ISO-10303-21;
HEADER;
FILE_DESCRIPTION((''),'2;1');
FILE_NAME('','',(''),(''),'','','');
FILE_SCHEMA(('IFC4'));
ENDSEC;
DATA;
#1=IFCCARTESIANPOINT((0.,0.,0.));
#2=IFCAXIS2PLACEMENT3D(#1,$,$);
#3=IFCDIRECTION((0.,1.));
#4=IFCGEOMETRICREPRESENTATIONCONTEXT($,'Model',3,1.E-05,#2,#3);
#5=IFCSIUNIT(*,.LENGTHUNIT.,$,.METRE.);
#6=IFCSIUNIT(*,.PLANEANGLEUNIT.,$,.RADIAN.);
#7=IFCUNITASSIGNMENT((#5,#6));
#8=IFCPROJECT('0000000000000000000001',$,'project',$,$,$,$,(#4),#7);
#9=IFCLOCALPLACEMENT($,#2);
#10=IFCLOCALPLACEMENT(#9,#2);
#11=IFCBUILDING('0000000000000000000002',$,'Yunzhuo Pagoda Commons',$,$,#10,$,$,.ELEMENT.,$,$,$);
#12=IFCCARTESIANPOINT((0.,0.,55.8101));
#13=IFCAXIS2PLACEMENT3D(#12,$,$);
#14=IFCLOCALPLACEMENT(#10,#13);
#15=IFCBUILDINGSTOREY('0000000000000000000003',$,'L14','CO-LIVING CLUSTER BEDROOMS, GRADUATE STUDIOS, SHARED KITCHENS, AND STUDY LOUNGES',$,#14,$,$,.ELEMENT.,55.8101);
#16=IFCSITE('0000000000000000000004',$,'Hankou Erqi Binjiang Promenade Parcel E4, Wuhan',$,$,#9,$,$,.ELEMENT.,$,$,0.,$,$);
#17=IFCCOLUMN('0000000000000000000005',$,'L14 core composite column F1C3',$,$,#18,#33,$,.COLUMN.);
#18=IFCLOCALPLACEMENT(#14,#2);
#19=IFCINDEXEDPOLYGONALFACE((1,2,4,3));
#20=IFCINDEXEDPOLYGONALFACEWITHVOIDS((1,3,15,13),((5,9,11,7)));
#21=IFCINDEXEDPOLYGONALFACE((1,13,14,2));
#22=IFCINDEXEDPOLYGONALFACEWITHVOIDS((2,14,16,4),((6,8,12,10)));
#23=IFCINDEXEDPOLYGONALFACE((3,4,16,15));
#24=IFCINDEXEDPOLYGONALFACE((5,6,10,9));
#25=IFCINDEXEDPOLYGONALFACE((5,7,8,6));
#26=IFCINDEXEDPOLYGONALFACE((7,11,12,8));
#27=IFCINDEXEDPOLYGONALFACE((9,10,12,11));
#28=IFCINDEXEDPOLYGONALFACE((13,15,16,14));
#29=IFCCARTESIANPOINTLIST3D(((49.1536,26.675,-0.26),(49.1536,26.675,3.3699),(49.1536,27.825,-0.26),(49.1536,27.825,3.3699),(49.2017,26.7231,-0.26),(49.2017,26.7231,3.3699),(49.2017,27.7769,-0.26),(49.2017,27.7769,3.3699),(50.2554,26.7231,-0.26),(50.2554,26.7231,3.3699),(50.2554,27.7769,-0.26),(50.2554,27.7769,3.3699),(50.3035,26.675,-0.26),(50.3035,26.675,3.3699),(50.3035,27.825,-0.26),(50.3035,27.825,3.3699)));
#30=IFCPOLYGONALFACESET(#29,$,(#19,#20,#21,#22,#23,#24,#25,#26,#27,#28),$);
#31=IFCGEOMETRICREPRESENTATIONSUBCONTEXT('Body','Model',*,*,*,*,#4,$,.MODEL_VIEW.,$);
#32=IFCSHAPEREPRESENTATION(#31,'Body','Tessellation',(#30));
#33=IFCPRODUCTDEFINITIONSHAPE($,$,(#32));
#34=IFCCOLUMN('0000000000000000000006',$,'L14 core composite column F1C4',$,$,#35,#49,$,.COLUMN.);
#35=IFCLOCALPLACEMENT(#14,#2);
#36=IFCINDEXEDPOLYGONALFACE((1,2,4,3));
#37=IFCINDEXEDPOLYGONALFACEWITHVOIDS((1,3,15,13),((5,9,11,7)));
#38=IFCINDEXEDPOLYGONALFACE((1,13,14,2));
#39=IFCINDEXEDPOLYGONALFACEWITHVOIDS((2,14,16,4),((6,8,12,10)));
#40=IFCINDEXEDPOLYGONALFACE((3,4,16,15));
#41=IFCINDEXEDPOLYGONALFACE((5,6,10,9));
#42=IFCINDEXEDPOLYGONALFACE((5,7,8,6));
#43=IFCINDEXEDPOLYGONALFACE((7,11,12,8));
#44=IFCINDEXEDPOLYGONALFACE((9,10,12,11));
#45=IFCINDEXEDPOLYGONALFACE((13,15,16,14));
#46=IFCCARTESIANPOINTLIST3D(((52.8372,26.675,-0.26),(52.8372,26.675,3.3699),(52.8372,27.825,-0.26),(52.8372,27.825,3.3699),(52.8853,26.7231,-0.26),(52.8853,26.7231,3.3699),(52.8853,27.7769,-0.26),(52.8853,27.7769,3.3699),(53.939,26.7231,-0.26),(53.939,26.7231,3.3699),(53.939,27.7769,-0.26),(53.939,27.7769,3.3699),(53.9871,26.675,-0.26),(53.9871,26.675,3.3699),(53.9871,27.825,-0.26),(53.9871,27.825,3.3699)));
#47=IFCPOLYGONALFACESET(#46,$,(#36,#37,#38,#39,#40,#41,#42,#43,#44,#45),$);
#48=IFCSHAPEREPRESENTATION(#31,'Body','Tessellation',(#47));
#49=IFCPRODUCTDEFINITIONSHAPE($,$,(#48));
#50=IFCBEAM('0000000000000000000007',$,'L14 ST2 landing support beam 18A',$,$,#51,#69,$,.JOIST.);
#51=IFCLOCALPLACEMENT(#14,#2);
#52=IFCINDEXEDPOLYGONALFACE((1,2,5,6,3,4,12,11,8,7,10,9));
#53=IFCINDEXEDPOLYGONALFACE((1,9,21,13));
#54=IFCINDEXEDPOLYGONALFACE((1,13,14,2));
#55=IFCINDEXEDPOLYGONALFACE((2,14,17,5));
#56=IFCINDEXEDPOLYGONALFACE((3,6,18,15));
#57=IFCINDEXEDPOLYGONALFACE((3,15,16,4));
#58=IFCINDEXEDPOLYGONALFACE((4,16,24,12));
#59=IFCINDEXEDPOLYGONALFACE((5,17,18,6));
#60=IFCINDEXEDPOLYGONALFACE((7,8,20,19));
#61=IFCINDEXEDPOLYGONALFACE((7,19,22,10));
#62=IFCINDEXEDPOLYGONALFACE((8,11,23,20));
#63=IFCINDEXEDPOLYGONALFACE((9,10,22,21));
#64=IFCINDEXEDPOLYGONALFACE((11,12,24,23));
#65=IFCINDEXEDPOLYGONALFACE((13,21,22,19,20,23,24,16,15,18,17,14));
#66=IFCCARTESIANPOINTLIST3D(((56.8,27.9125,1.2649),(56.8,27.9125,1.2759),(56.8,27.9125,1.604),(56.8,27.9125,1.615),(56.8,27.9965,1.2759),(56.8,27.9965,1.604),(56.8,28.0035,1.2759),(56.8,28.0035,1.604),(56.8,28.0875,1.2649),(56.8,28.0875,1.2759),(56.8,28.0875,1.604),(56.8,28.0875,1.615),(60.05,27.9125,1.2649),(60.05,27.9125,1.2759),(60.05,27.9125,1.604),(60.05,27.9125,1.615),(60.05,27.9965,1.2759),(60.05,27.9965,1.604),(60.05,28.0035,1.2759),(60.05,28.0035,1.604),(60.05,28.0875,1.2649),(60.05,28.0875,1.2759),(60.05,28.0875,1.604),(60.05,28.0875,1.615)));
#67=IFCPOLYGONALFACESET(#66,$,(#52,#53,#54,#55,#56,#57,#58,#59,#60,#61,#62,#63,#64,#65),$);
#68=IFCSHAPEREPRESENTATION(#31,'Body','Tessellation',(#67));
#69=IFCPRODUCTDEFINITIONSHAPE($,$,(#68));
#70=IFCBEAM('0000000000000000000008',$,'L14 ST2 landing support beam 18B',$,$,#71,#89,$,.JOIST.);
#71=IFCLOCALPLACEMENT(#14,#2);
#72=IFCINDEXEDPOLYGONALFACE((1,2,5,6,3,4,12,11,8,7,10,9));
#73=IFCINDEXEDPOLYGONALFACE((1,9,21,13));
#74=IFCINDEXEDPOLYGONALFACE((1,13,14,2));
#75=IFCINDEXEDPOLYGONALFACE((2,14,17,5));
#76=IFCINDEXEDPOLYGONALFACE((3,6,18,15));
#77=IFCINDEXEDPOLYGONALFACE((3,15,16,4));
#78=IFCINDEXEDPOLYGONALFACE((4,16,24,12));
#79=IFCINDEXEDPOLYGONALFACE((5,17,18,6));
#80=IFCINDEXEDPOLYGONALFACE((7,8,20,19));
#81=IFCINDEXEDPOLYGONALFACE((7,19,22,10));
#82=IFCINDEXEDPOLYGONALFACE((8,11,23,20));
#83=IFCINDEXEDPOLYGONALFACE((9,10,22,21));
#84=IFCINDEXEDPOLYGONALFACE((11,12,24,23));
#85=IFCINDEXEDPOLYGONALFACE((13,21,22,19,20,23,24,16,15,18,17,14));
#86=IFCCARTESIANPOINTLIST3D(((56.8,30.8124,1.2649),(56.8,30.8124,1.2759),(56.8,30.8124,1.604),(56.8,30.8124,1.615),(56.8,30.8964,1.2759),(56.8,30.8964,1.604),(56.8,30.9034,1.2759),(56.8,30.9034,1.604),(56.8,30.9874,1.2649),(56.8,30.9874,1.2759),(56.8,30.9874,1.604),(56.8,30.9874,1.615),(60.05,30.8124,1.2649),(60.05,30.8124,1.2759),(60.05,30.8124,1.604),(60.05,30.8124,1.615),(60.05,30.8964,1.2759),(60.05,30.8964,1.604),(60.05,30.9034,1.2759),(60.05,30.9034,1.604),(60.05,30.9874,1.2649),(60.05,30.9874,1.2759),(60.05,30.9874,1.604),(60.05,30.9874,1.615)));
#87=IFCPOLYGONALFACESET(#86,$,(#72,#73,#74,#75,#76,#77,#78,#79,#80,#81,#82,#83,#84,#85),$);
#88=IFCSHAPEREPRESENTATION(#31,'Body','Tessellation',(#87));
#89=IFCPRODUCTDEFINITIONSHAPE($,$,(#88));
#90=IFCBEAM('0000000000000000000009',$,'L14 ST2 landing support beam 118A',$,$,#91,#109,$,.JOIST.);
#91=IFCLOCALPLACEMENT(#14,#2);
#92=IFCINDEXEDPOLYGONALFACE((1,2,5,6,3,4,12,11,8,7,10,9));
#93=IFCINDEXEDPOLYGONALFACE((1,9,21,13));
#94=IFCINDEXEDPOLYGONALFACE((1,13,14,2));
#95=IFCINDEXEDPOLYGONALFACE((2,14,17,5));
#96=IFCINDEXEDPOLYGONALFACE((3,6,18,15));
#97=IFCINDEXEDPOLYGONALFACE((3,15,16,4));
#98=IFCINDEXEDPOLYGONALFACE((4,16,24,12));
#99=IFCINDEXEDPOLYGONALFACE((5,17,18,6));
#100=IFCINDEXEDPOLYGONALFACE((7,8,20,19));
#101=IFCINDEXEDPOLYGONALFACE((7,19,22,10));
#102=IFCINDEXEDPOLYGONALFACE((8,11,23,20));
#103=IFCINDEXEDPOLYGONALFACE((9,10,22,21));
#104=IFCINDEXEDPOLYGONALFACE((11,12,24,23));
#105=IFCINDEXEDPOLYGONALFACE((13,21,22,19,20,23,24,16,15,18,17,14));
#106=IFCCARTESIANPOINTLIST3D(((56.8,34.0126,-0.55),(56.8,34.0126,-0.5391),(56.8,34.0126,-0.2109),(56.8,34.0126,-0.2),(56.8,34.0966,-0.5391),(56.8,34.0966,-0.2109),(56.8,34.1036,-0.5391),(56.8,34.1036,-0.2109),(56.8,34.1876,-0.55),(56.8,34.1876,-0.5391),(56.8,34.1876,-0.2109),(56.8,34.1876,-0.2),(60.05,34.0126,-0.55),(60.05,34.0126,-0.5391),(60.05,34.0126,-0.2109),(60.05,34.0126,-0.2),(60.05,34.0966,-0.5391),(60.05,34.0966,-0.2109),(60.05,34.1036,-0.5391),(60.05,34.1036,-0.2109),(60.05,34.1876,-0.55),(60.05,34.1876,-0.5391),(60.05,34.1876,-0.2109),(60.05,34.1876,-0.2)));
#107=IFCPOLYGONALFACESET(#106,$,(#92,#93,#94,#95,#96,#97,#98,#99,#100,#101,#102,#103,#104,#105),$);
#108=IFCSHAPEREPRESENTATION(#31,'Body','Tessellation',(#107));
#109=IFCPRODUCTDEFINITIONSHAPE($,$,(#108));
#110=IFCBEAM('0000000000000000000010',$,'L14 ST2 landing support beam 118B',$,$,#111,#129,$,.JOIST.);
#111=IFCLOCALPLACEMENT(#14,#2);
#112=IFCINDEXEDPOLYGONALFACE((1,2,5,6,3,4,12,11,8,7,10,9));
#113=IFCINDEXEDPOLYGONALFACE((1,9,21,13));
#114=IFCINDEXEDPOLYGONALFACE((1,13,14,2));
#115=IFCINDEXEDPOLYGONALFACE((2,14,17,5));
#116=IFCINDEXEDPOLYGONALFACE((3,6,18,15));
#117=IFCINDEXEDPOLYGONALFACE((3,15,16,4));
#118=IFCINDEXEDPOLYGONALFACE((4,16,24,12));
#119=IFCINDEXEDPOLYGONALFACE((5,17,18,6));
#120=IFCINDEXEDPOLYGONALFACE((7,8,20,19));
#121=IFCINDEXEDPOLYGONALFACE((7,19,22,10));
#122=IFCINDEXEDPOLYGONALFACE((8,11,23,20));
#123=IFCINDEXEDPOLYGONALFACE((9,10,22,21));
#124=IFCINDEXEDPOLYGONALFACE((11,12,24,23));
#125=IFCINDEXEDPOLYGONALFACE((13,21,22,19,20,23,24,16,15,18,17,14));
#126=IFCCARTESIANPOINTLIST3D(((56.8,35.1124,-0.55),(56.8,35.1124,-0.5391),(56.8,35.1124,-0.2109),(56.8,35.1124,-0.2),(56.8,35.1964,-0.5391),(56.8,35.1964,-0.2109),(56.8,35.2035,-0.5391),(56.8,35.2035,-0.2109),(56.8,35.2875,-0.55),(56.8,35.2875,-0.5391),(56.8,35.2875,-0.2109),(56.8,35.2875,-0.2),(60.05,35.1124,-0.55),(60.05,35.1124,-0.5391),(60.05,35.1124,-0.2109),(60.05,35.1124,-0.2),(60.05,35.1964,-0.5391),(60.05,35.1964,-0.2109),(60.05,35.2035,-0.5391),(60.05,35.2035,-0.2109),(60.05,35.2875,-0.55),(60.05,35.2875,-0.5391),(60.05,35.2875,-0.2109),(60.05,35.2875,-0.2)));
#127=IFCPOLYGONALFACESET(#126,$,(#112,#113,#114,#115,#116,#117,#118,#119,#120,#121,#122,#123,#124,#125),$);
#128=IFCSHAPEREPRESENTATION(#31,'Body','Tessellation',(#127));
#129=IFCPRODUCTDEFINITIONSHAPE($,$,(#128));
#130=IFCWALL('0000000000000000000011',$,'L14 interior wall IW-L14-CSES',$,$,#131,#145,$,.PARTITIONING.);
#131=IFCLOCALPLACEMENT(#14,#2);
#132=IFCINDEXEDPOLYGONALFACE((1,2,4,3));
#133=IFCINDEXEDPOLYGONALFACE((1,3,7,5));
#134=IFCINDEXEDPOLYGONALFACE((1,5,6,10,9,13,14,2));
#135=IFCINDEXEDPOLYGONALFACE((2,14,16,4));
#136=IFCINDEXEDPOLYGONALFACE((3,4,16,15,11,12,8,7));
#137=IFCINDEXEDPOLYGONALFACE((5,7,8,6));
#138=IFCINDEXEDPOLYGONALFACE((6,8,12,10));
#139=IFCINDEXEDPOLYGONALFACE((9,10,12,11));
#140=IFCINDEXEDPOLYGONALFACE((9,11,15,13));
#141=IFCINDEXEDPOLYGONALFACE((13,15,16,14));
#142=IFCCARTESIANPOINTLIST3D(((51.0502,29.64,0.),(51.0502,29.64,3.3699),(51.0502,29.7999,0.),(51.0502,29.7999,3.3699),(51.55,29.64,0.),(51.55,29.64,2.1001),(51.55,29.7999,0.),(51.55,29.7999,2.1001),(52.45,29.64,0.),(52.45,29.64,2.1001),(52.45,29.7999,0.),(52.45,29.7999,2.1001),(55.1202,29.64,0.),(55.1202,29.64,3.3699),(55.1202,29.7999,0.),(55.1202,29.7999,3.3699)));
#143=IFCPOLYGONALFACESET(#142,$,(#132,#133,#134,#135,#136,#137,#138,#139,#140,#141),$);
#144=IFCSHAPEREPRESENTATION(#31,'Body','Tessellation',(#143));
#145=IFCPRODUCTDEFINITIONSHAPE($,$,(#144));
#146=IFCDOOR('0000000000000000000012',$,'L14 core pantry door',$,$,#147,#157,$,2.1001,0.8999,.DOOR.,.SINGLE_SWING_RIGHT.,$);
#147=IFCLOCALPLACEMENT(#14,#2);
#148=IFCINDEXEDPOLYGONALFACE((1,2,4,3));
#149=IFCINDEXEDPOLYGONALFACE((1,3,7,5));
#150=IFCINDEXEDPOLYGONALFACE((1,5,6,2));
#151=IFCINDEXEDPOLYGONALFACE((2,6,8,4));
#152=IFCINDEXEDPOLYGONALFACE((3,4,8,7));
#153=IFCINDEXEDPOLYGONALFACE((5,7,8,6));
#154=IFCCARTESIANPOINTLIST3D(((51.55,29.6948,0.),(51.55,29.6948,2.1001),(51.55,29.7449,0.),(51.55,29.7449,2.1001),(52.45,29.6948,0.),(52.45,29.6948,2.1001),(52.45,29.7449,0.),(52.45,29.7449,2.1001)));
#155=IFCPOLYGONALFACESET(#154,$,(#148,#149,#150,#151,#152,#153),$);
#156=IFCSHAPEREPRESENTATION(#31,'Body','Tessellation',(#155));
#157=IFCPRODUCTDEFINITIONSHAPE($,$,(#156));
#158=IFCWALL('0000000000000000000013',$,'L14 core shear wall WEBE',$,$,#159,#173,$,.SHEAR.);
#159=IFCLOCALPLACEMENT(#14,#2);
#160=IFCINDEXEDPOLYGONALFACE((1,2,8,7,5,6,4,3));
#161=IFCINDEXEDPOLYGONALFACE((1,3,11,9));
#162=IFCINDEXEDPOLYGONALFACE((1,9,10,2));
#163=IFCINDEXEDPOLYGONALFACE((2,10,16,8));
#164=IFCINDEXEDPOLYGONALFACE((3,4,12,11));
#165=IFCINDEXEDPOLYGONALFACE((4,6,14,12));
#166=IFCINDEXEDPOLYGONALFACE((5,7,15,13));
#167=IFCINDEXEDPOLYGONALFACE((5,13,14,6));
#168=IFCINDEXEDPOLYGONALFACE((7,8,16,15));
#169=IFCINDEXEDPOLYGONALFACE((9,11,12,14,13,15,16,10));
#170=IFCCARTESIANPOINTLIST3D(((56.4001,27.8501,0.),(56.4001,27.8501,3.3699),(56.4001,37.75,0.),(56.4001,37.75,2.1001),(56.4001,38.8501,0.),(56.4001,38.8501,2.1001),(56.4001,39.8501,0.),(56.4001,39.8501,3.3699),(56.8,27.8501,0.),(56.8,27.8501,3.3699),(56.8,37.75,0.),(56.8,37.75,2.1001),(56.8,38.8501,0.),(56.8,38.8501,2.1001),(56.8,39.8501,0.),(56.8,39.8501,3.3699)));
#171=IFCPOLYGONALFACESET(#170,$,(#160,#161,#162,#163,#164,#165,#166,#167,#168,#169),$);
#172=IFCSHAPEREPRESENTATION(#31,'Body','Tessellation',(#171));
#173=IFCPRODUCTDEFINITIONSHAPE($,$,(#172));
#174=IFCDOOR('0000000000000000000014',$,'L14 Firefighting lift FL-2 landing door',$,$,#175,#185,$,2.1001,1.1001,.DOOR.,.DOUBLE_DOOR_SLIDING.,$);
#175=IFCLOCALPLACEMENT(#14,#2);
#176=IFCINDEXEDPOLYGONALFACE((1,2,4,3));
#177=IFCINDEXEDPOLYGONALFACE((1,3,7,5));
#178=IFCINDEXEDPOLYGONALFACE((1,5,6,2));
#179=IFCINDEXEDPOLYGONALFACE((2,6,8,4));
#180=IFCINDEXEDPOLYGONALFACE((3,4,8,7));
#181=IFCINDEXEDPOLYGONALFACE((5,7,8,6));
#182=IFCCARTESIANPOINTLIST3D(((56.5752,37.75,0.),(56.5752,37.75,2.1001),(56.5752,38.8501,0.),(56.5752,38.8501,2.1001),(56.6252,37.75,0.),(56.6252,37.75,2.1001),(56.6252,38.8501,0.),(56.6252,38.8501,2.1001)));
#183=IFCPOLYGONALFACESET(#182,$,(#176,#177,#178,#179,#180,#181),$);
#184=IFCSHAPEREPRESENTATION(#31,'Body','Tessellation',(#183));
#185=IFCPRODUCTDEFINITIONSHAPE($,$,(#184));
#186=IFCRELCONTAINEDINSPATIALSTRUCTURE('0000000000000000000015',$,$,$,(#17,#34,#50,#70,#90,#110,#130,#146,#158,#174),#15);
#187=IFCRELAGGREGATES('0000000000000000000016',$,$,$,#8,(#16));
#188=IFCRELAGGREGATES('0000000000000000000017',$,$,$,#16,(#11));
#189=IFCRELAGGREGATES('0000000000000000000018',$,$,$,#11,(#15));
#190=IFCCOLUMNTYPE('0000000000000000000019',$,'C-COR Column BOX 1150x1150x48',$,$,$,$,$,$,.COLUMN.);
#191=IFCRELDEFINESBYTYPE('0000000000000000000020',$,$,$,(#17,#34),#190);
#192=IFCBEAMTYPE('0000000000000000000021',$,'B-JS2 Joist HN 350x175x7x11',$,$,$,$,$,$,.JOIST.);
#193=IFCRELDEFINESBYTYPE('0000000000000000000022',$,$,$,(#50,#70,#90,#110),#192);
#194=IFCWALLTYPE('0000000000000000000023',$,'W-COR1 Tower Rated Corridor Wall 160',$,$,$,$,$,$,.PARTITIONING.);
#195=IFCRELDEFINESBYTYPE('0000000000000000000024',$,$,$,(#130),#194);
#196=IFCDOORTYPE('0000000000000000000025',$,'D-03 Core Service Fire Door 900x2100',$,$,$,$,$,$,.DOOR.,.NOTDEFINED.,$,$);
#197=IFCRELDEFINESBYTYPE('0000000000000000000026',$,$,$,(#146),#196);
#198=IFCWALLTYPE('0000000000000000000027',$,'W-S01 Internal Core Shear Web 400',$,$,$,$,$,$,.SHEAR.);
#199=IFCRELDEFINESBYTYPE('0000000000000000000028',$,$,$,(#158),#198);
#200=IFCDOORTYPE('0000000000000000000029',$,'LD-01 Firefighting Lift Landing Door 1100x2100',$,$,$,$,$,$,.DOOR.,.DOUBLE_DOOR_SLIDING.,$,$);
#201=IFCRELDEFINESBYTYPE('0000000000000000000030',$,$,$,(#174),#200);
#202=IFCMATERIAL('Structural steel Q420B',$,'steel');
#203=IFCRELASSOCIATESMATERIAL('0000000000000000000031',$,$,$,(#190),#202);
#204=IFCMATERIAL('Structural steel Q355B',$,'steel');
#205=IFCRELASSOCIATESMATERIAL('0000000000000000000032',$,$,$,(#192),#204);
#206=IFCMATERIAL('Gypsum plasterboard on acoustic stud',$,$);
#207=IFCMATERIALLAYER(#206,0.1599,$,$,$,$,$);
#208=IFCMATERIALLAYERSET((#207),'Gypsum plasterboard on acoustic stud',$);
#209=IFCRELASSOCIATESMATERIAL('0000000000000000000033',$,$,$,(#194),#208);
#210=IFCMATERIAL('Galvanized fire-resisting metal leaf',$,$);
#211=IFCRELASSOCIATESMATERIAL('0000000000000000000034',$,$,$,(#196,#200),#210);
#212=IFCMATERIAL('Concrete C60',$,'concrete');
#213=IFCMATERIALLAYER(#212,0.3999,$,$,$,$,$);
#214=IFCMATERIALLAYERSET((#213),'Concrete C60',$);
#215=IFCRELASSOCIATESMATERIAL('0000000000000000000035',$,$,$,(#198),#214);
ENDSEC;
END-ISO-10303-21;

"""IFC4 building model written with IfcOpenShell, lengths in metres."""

from ifc_helpers import new_model, si_unit, direction, frame, frame_2d, origin, origin_with_axes, origin_2d, place, context, subcontext, project, spatial, rectangle, hollow_rectangle, i_section, extrude, source, transform, mapped, material, layer, layer_set, material_profile, profile_set, type_object, element, fill, save


model = new_model("IFC4")

# Units and contexts
model_context = context("Model", 3, precision=1e-05, world=origin(), true_north=direction((0.0, 1.0)))
body_context = subcontext(model_context, "Body", "Model", "MODEL_VIEW")
ifc_project = project(units=[si_unit("LENGTHUNIT", "METRE"), si_unit("PLANEANGLEUNIT", "RADIAN")], contexts=[model_context])

# Site, building, storey
site_placement = place(None, origin())
site = spatial("IfcSite", under=ifc_project, at=site_placement, Name="Hankou Erqi Binjiang Promenade Parcel E4, Wuhan", CompositionType="ELEMENT", RefElevation=0.0)
building_placement = place(site_placement, origin())
building = spatial("IfcBuilding", under=site, at=building_placement, Name="Yunzhuo Pagoda Commons", CompositionType="ELEMENT")
storey_placement = place(building_placement, frame((0.0, 0.0, 55.8101)))
storey = spatial("IfcBuildingStorey", under=building, at=storey_placement, Name="L14", Description="CO-LIVING CLUSTER BEDROOMS, GRADUATE STUDIOS, SHARED KITCHENS, AND STUDY LOUNGES", CompositionType="ELEMENT", Elevation=55.8101)

# Columns
ifc_material_1 = material(Name="Structural steel Q420B", Category="steel")
ifc_material_profile_1 = material_profile(ifc_material_1, hollow_rectangle(XDim=1.1499, YDim=1.1499, WallThickness=0.0481, at=origin_2d()), Name="Structural steel Q420B")
ifc_profile_set_1 = profile_set([ifc_material_profile_1], Name="Structural steel Q420B")
column_type = type_object("IfcColumnType", Name="C-COR Column BOX 1150x1150x48", PredefinedType="COLUMN", material=ifc_profile_set_1)
shared_shape_1 = source(origin(), body_context, "Body", "SweptSolid", [
    extrude(hollow_rectangle(XDim=1.1499, YDim=1.1499, WallThickness=0.0481, at=origin_2d()), origin(), (0.0, 0.0, 1.0), 3.6299),
])
for number, where, z_axis, x_axis, name in (
    (1, (49.7285, 27.25, -0.26), (0.0, 0.0, 1.0), (1.0, 0.0, 0.0), "L14 core composite column F1C3"),
    (2, (53.4121, 27.25, -0.26), (0.0, 0.0, 1.0), (1.0, 0.0, 0.0), "L14 core composite column F1C4"),
):
    element("IfcColumn", number, at=place(storey_placement, frame(where, z_axis=z_axis, x_axis=x_axis)), inside=storey, type_object=column_type, Name=name, PredefinedType="COLUMN", context=body_context, shape_type="MappedRepresentation", body=[
        mapped(shared_shape_1, transform((0.0, 0.0, 0.0), scale=1.0)),
    ])

# Beams
ifc_material_2 = material(Name="Structural steel Q355B", Category="steel")
ifc_material_profile_2 = material_profile(ifc_material_2, i_section(OverallWidth=0.175, OverallDepth=0.3501, WebThickness=0.0071, FlangeThickness=0.011, at=origin_2d()), Name="Structural steel Q355B")
ifc_profile_set_2 = profile_set([ifc_material_profile_2], Name="Structural steel Q355B")
beam_type = type_object("IfcBeamType", Name="B-JS2 Joist HN 350x175x7x11", PredefinedType="JOIST", material=ifc_profile_set_2)
shared_shape_2 = source(origin(), body_context, "Body", "SweptSolid", [
    extrude(i_section(OverallWidth=0.175, OverallDepth=0.3501, WebThickness=0.0071, FlangeThickness=0.011, at=origin_2d()), origin(), (0.0, 0.0, 1.0), 3.25),
])
for number, where, z_axis, x_axis, name in (
    (3, (56.8, 28.0, 1.4399), (1.0, 0.0, 0.0), (0.0, 1.0, 0.0), "L14 ST2 landing support beam 18A"),
    (4, (56.8, 30.8999, 1.4399), (1.0, 0.0, 0.0), (0.0, 1.0, 0.0), "L14 ST2 landing support beam 18B"),
    (5, (56.8, 34.1001, -0.375), (1.0, 0.0, 0.0), (0.0, 1.0, 0.0), "L14 ST2 landing support beam 118A"),
    (6, (56.8, 35.2, -0.375), (1.0, 0.0, 0.0), (0.0, 1.0, 0.0), "L14 ST2 landing support beam 118B"),
):
    element("IfcBeam", number, at=place(storey_placement, frame(where, z_axis=z_axis, x_axis=x_axis)), inside=storey, type_object=beam_type, Name=name, PredefinedType="JOIST", context=body_context, shape_type="MappedRepresentation", body=[
        mapped(shared_shape_2, transform((0.0, 0.0, 0.0), scale=1.0)),
    ])

# Walls, openings, doors
ifc_material_3 = material(Name="Gypsum plasterboard on acoustic stud")
ifc_layer_1 = layer(ifc_material_3, 0.1599)
ifc_layer_set_1 = layer_set([ifc_layer_1], Name="Gypsum plasterboard on acoustic stud")
wall_type_1 = type_object("IfcWallType", Name="W-COR1 Tower Rated Corridor Wall 160", PredefinedType="PARTITIONING", material=ifc_layer_set_1)
wall_1_placement = place(storey_placement, frame((51.05, 29.72, 0.0), z_axis=(0.0, 0.0, 1.0), x_axis=(1.0, 0.0, 0.0)))
wall_1 = element("IfcWall", 7, at=wall_1_placement, inside=storey, type_object=wall_type_1, Name="L14 interior wall IW-L14-CSES", PredefinedType="PARTITIONING", context=body_context, shape_type="SweptSolid", body=[
    extrude(rectangle(XDim=4.0701, YDim=0.1599, at=frame_2d((2.0352, 0.0))), origin(), (0.0, 0.0, 1.0), 3.3699),
])
opening_1_placement = place(wall_1_placement, frame((0.5, 0.0, 0.0)))
opening_1 = element("IfcOpeningElement", 8, at=opening_1_placement, cuts=wall_1, PredefinedType="OPENING", context=body_context, shape_type="SweptSolid", body=[
    extrude(rectangle(XDim=0.8999, YDim=2.1001, at=frame_2d((0.45, 1.05))), frame((0.0, 0.0898, 0.0), z_axis=(0.0, -1.0, 0.0), x_axis=(1.0, 0.0, 0.0)), (0.0, 0.0, 1.0), 0.1799),
])
ifc_material_4 = material(Name="Galvanized fire-resisting metal leaf")
door_type_1 = type_object("IfcDoorType", Name="D-03 Core Service Fire Door 900x2100", OperationType="NOTDEFINED", PredefinedType="DOOR", material=ifc_material_4)
shared_shape_3 = source(origin(), body_context, "Body", "SweptSolid", [
    extrude(rectangle(XDim=0.8999, YDim=2.1001, at=frame_2d((0.45, 1.05))), frame((0.0, 0.0249, 0.0), z_axis=(0.0, -1.0, 0.0), x_axis=(1.0, 0.0, 0.0)), (0.0, 0.0, 1.0), 0.05),
])
door_1_placement = place(opening_1_placement, origin_with_axes())
door_1 = element("IfcDoor", 9, at=door_1_placement, inside=storey, type_object=door_type_1, Name="L14 core pantry door", OperationType="SINGLE_SWING_RIGHT", OverallHeight=2.1001, OverallWidth=0.8999, PredefinedType="DOOR", context=body_context, shape_type="MappedRepresentation", body=[
    mapped(shared_shape_3, transform((0.0, 0.0, 0.0), scale=1.0)),
])
fill(opening_1, door_1)
ifc_material_5 = material(Name="Concrete C60", Category="concrete")
ifc_layer_2 = layer(ifc_material_5, 0.3999)
ifc_layer_set_2 = layer_set([ifc_layer_2], Name="Concrete C60")
wall_type_2 = type_object("IfcWallType", Name="W-S01 Internal Core Shear Web 400", PredefinedType="SHEAR", material=ifc_layer_set_2)
wall_2_placement = place(storey_placement, frame((56.6001, 27.8501, 0.0), z_axis=(0.0, 0.0, 1.0), x_axis=(0.0, 1.0, 0.0)))
wall_2 = element("IfcWall", 10, at=wall_2_placement, inside=storey, type_object=wall_type_2, Name="L14 core shear wall WEBE", PredefinedType="SHEAR", context=body_context, shape_type="SweptSolid", body=[
    extrude(rectangle(XDim=12.0, YDim=0.3999, at=frame_2d((6.0, 0.0))), origin(), (0.0, 0.0, 1.0), 3.3699),
])
opening_2_placement = place(wall_2_placement, frame((9.8999, 0.0, 0.0)))
opening_2 = element("IfcOpeningElement", 11, at=opening_2_placement, cuts=wall_2, PredefinedType="OPENING", context=body_context, shape_type="SweptSolid", body=[
    extrude(rectangle(XDim=1.1001, YDim=2.1001, at=frame_2d((0.55, 1.05))), frame((0.0, 0.21, 0.0), z_axis=(0.0, -1.0, 0.0), x_axis=(1.0, 0.0, 0.0)), (0.0, 0.0, 1.0), 0.4199),
])
door_type_2 = type_object("IfcDoorType", Name="LD-01 Firefighting Lift Landing Door 1100x2100", OperationType="DOUBLE_DOOR_SLIDING", PredefinedType="DOOR", material=ifc_material_4)
shared_shape_4 = source(origin(), body_context, "Body", "SweptSolid", [
    extrude(rectangle(XDim=1.1001, YDim=2.1001, at=frame_2d((0.55, 1.05))), frame((0.0, 0.0249, 0.0), z_axis=(0.0, -1.0, 0.0), x_axis=(1.0, 0.0, 0.0)), (0.0, 0.0, 1.0), 0.05),
])
door_2_placement = place(opening_2_placement, origin_with_axes())
door_2 = element("IfcDoor", 12, at=door_2_placement, inside=storey, type_object=door_type_2, Name="L14 Firefighting lift FL-2 landing door", OperationType="DOUBLE_DOOR_SLIDING", OverallHeight=2.1001, OverallWidth=1.1001, PredefinedType="DOOR", context=body_context, shape_type="MappedRepresentation", body=[
    mapped(shared_shape_4, transform((0.0, 0.0, 0.0), scale=1.0)),
])
fill(opening_2, door_2)

save(model, "model.ifc")
